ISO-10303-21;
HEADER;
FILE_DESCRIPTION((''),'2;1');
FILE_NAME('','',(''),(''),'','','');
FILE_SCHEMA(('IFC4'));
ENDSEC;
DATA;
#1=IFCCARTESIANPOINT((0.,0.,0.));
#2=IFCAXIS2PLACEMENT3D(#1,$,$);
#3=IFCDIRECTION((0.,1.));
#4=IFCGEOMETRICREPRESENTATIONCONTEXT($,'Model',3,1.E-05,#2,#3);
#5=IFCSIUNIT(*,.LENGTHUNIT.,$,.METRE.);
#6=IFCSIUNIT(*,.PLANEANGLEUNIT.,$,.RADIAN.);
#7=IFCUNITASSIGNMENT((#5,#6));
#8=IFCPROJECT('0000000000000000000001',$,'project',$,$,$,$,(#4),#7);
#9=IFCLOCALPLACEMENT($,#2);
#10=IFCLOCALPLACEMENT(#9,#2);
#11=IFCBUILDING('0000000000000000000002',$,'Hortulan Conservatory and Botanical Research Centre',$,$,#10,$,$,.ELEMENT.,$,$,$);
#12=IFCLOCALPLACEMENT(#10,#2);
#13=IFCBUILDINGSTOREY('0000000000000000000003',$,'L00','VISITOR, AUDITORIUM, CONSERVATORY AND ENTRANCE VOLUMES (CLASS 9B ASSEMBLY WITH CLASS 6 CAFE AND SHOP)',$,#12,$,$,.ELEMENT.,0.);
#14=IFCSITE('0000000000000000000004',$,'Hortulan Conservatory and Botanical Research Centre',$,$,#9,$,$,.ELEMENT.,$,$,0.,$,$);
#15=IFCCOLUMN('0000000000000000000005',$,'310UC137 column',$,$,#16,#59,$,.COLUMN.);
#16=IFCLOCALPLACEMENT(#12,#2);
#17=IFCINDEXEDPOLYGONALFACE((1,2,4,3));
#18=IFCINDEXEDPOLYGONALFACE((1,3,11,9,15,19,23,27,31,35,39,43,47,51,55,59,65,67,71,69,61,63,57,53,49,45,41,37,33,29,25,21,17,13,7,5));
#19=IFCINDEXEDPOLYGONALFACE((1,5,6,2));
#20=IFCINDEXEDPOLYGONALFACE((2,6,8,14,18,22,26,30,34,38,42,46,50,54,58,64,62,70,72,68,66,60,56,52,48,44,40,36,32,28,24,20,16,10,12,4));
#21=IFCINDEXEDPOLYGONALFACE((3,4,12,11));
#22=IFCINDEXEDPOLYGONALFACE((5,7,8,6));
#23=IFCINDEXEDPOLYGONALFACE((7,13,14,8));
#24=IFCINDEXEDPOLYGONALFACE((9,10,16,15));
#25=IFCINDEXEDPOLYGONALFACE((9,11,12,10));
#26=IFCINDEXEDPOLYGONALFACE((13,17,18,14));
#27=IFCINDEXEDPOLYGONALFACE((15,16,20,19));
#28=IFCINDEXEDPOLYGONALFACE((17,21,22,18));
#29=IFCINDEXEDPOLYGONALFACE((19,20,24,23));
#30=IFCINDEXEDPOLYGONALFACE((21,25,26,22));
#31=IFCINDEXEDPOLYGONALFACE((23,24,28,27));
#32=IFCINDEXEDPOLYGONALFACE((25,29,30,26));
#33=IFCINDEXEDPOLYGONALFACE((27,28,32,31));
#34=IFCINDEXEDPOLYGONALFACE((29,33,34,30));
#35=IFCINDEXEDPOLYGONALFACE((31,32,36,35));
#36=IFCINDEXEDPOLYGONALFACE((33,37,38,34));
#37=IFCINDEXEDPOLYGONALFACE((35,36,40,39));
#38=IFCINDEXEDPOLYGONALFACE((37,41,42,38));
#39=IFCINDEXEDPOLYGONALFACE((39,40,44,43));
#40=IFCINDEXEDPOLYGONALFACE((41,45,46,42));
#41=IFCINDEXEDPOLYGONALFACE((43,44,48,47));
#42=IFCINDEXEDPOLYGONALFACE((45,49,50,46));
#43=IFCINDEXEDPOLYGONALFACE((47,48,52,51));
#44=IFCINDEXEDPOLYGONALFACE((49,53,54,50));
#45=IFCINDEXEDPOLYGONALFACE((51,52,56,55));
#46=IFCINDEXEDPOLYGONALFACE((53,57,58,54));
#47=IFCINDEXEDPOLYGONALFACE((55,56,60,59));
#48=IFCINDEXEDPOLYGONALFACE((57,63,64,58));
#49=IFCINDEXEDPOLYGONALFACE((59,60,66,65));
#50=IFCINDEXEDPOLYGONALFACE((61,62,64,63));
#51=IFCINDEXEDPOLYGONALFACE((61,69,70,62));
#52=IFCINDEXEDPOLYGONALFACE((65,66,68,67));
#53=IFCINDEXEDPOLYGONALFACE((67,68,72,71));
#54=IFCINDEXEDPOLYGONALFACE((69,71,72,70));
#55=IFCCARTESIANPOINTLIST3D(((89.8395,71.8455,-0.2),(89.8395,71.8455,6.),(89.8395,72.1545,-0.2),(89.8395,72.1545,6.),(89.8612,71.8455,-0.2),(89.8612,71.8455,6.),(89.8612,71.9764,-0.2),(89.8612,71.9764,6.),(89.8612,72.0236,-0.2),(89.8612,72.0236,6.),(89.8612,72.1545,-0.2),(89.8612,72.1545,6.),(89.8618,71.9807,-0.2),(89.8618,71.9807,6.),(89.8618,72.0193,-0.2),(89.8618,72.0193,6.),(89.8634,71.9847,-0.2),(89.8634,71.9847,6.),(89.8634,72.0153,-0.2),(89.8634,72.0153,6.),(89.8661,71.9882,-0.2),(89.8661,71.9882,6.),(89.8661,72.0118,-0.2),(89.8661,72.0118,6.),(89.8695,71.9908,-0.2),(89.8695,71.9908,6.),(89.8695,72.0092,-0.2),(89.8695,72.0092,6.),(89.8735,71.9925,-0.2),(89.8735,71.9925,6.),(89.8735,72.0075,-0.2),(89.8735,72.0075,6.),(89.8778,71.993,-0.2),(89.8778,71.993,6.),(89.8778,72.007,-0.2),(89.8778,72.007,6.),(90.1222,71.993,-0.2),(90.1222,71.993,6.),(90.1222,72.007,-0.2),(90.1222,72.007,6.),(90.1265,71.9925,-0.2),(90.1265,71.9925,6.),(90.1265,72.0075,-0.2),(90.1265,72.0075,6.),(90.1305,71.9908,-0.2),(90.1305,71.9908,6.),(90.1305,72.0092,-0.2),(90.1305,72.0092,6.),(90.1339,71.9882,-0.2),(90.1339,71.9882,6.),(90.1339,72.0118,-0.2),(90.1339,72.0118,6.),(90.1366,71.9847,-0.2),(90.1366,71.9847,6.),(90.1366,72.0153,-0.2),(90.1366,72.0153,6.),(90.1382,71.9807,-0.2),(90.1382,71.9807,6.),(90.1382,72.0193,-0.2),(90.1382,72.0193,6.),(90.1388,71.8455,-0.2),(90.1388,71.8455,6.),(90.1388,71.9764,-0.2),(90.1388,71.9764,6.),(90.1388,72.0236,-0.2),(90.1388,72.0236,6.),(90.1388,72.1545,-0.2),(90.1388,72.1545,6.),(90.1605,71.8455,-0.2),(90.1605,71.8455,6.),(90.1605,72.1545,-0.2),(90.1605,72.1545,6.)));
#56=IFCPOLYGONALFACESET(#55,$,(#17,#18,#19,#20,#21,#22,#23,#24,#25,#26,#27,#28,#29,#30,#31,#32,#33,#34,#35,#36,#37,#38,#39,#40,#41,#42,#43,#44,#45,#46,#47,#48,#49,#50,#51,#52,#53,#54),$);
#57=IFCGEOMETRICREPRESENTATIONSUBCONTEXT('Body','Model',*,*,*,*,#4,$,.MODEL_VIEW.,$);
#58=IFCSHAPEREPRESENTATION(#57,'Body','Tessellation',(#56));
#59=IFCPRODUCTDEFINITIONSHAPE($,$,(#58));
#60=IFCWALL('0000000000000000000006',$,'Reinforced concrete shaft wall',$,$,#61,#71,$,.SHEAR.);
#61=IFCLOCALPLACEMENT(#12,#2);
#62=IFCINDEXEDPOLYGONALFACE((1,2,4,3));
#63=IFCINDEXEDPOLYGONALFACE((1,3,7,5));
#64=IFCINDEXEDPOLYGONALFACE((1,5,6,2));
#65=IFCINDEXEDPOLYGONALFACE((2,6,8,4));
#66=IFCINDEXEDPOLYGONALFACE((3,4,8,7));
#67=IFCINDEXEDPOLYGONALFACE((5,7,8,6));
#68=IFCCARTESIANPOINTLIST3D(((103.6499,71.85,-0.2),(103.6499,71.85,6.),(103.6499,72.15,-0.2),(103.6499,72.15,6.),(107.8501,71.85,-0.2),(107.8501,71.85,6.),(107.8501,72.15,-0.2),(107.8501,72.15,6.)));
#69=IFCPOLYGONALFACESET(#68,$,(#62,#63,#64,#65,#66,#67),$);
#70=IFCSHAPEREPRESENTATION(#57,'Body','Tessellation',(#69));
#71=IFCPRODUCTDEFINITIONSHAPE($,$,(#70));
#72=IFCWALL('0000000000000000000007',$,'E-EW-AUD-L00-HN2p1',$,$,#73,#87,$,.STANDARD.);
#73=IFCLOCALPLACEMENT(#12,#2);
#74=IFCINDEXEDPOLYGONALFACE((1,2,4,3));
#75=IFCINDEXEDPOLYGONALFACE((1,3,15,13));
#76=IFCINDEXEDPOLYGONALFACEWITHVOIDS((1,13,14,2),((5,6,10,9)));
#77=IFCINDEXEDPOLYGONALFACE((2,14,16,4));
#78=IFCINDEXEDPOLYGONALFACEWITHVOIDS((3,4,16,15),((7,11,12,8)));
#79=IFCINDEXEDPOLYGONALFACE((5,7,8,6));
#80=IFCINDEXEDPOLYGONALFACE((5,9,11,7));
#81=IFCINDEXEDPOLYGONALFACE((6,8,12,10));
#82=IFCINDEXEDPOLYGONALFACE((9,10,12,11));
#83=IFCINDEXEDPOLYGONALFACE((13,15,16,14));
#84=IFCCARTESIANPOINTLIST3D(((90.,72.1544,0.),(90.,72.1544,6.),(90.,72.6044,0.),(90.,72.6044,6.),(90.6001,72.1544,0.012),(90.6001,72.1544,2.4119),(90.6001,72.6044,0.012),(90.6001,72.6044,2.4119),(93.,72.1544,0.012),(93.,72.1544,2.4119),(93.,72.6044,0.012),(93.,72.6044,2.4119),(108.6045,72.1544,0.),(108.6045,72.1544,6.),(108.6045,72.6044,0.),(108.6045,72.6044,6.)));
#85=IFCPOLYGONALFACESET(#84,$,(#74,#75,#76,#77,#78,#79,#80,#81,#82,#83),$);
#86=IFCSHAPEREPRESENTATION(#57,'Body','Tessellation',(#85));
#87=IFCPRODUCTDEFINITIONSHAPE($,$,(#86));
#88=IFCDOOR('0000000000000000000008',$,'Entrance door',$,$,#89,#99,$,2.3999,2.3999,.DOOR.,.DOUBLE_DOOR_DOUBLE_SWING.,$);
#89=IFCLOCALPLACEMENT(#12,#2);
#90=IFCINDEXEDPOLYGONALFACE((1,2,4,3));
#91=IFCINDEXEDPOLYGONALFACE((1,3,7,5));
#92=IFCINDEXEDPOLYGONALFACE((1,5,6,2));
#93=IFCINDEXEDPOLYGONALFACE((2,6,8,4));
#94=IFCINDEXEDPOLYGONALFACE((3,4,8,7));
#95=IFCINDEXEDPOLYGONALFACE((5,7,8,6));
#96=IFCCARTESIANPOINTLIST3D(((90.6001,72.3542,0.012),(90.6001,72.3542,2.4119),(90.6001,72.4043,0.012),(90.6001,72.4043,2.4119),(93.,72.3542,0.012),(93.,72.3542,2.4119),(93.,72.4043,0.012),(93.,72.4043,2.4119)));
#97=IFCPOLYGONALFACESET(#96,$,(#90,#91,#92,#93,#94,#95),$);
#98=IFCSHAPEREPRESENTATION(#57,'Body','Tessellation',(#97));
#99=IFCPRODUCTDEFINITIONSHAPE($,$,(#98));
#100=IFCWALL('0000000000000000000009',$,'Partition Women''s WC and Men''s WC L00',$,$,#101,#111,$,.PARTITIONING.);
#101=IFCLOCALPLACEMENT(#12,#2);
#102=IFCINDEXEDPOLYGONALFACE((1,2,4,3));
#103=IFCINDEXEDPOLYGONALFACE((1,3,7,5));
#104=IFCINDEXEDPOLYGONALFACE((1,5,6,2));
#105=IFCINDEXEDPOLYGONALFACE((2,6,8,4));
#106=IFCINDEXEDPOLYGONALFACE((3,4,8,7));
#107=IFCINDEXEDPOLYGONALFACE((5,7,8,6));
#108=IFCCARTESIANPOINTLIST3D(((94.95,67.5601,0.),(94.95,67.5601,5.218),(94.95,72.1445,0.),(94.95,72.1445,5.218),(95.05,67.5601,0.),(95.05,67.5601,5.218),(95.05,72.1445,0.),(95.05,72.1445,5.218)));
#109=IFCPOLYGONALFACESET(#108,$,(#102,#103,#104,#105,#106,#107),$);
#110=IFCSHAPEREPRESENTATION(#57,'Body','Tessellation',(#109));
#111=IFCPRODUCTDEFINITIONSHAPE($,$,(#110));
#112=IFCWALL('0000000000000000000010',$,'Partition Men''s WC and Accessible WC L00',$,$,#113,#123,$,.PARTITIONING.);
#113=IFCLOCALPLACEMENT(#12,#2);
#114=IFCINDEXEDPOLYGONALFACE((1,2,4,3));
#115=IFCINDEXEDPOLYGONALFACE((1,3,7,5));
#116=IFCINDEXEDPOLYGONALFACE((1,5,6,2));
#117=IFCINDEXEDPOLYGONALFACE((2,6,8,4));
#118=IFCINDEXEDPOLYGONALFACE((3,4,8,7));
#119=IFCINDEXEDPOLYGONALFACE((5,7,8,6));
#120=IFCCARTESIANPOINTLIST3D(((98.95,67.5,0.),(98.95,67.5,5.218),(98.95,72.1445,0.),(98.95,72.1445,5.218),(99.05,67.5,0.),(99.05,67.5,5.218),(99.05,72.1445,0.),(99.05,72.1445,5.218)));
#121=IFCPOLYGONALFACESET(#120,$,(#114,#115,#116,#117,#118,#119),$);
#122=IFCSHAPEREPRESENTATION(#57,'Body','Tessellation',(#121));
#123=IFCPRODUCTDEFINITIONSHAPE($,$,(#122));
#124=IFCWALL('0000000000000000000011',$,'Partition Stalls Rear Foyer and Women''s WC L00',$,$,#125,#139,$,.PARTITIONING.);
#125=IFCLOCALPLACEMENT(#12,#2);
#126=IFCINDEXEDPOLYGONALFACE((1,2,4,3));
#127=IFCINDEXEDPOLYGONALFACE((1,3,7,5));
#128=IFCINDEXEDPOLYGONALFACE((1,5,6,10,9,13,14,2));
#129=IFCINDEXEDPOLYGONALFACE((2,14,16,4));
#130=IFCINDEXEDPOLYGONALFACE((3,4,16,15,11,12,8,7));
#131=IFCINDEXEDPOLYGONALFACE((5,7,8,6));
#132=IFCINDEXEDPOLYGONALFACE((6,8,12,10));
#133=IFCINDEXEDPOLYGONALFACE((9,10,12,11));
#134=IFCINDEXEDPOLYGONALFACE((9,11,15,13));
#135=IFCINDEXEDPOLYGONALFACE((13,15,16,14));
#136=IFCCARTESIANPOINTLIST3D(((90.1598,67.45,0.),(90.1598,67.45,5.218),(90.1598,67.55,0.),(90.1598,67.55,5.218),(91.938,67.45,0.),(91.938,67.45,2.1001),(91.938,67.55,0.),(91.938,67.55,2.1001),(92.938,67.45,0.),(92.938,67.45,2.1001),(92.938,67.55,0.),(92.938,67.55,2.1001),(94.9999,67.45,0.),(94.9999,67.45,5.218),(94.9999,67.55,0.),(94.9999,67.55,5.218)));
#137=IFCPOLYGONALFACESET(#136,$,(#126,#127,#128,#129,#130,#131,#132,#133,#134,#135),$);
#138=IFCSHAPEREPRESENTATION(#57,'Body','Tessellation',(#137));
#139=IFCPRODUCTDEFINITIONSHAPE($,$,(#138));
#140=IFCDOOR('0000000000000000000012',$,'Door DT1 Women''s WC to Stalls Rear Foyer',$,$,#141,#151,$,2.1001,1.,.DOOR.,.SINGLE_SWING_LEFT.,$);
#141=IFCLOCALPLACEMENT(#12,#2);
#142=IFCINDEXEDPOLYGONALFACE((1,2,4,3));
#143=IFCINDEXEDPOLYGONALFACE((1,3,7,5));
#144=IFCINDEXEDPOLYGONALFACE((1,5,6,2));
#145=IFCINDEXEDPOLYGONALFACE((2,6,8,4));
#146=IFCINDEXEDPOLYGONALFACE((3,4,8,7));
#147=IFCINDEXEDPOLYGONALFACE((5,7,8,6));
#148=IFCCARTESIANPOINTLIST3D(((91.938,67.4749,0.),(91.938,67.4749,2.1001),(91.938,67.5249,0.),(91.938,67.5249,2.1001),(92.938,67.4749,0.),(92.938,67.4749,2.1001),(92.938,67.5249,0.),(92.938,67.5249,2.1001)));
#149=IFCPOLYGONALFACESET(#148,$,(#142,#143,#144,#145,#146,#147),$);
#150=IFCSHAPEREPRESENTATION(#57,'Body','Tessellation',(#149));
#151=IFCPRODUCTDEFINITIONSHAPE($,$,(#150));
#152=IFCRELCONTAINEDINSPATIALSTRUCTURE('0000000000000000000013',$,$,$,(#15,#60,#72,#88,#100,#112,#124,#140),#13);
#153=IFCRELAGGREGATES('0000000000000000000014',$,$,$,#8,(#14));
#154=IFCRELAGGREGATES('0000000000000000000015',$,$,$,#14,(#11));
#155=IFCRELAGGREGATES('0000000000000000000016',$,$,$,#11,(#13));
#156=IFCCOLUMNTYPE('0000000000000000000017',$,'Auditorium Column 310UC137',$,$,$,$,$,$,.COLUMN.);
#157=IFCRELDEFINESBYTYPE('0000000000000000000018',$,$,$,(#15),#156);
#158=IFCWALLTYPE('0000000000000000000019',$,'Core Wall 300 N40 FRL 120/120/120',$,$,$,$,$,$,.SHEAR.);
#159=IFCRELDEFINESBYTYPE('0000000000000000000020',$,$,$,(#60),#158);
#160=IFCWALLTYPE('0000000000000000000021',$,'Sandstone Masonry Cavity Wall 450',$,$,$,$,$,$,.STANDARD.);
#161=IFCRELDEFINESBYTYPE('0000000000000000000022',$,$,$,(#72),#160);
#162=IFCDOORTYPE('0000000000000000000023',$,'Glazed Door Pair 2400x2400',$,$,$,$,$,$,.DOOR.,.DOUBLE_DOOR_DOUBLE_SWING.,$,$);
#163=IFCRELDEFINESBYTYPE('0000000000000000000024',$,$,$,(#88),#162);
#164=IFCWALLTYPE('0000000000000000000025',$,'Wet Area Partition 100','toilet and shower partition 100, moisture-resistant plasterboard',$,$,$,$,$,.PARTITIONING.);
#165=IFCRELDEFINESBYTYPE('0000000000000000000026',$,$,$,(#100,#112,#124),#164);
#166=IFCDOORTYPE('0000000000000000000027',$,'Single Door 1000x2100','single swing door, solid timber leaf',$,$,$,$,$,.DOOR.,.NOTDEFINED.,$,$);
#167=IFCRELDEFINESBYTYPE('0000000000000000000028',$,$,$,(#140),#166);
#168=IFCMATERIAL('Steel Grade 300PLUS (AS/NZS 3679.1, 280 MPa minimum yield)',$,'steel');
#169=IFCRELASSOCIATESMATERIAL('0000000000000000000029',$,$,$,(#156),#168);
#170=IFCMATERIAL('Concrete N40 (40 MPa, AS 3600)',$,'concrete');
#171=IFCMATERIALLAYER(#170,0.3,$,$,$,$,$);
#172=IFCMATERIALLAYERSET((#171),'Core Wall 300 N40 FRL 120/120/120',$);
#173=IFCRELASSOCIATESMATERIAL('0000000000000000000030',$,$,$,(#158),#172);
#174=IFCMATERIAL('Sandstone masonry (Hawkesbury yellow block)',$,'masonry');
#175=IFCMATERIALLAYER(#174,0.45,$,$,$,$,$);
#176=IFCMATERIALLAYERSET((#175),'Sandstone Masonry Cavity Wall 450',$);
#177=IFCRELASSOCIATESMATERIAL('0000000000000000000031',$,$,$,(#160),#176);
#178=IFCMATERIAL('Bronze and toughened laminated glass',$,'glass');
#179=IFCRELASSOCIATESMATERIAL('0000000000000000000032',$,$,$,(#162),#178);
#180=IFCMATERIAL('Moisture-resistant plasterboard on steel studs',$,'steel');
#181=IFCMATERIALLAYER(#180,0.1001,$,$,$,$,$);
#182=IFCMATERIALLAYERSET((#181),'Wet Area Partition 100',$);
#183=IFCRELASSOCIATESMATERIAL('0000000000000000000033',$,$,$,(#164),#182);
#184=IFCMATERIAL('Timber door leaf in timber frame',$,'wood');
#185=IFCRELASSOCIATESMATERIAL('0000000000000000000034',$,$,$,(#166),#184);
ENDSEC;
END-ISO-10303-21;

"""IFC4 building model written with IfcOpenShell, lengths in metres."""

from ifc_helpers import new_model, si_unit, direction, frame, frame_2d, origin, origin_2d, place, context, subcontext, project, spatial, rectangle, i_section, extrude, material, layer, layer_set, material_profile, profile_set, type_object, element, fill, save


model = new_model("IFC4")

# Units and contexts
model_context = context("Model", 3, precision=1e-05, world=origin(), true_north=direction((0.0, 1.0)))
body_context = subcontext(model_context, "Body", "Model", "MODEL_VIEW")
ifc_project = project(units=[si_unit("LENGTHUNIT", "METRE"), si_unit("PLANEANGLEUNIT", "RADIAN")], contexts=[model_context])

# Site, building, storey
site_placement = place(None, origin())
site = spatial("IfcSite", under=ifc_project, at=site_placement, Name="Hortulan Conservatory and Botanical Research Centre", CompositionType="ELEMENT", RefElevation=0.0)
building_placement = place(site_placement, origin())
building = spatial("IfcBuilding", under=site, at=building_placement, Name="Hortulan Conservatory and Botanical Research Centre", CompositionType="ELEMENT")
storey_placement = place(building_placement, origin())
storey = spatial("IfcBuildingStorey", under=building, at=storey_placement, Name="L00", Description="VISITOR, AUDITORIUM, CONSERVATORY AND ENTRANCE VOLUMES (CLASS 9B ASSEMBLY WITH CLASS 6 CAFE AND SHOP)", CompositionType="ELEMENT", Elevation=0.0)

# Shared definitions
ifc_material_1 = material(Name="Concrete N40 (40 MPa, AS 3600)", Category="concrete")

# Column
ifc_material_2 = material(Name="Steel Grade 300PLUS (AS/NZS 3679.1, 280 MPa minimum yield)", Category="steel")
ifc_material_profile_1 = material_profile(ifc_material_2, i_section(OverallWidth=0.3091, OverallDepth=0.321, WebThickness=0.0139, FlangeThickness=0.0217, FilletRadius=0.0166, at=origin_2d()), Name="310UC137")
ifc_profile_set_1 = profile_set([ifc_material_profile_1], Name="Steel Grade 300PLUS (AS/NZS 3679.1, 280 MPa minimum yield)")
column_type = type_object("IfcColumnType", Name="Auditorium Column 310UC137", PredefinedType="COLUMN", material=ifc_profile_set_1)
column_placement = place(storey_placement, frame((90.0, 72.0, -0.2), z_axis=(0.0, 0.0, 1.0), x_axis=(0.0, 1.0, 0.0)))
element("IfcColumn", 1, at=column_placement, inside=storey, type_object=column_type, Name="310UC137 column", PredefinedType="COLUMN", context=body_context, shape_type="SweptSolid", body=[
    extrude(i_section(OverallWidth=0.3091, OverallDepth=0.321, WebThickness=0.0139, FlangeThickness=0.0217, FilletRadius=0.0166, at=origin_2d()), origin(), (0.0, 0.0, 1.0), 6.2),
])

# Wall
ifc_layer_1 = layer(ifc_material_1, 0.3)
ifc_layer_set_1 = layer_set([ifc_layer_1], Name="Core Wall 300 N40 FRL 120/120/120")
wall_type_1 = type_object("IfcWallType", Name="Core Wall 300 N40 FRL 120/120/120", PredefinedType="SHEAR", material=ifc_layer_set_1)
wall_1_placement = place(storey_placement, frame((103.6499, 72.0, -0.2), z_axis=(0.0, 0.0, 1.0), x_axis=(1.0, 0.0, 0.0)))
element("IfcWall", 2, at=wall_1_placement, inside=storey, type_object=wall_type_1, Name="Reinforced concrete shaft wall", PredefinedType="SHEAR", context=body_context, shape_type="SweptSolid", body=[
    extrude(rectangle(XDim=4.2002, YDim=0.3, at=frame_2d((2.1001, 0.0))), origin(), (0.0, 0.0, 1.0), 6.2),
])

# Wall, opening, door
ifc_material_3 = material(Name="Sandstone masonry (Hawkesbury yellow block)", Category="masonry")
ifc_layer_2 = layer(ifc_material_3, 0.45)
ifc_layer_set_2 = layer_set([ifc_layer_2], Name="Sandstone Masonry Cavity Wall 450")
wall_type_2 = type_object("IfcWallType", Name="Sandstone Masonry Cavity Wall 450", PredefinedType="STANDARD", material=ifc_layer_set_2)
wall_2_placement = place(storey_placement, frame((90.0, 72.3794, 0.0), z_axis=(0.0, 0.0, 1.0), x_axis=(1.0, 0.0, 0.0)))
wall_2 = element("IfcWall", 3, at=wall_2_placement, inside=storey, type_object=wall_type_2, Name="E-EW-AUD-L00-HN2p1", PredefinedType="STANDARD", context=body_context, shape_type="SweptSolid", body=[
    extrude(rectangle(XDim=18.6045, YDim=0.45, at=frame_2d((9.3022, 0.0))), origin(), (0.0, 0.0, 1.0), 6.0),
])
opening_1_placement = place(wall_2_placement, frame((0.6001, 0.0, 0.012)))
opening_1 = element("IfcOpeningElement", 4, at=opening_1_placement, cuts=wall_2, PredefinedType="OPENING", context=body_context, shape_type="SweptSolid", body=[
    extrude(rectangle(XDim=2.3999, YDim=2.3999, at=frame_2d((1.2, 1.2))), frame((0.0, 0.2349, 0.0), z_axis=(0.0, -1.0, 0.0), x_axis=(1.0, 0.0, 0.0)), (0.0, 0.0, 1.0), 0.47),
])
ifc_material_4 = material(Name="Bronze and toughened laminated glass", Category="glass")
door_type_1 = type_object("IfcDoorType", Name="Glazed Door Pair 2400x2400", OperationType="DOUBLE_DOOR_DOUBLE_SWING", PredefinedType="DOOR", material=ifc_material_4)
door_1_placement = place(opening_1_placement, origin())
door_1 = element("IfcDoor", 5, at=door_1_placement, inside=storey, type_object=door_type_1, Name="Entrance door", OperationType="DOUBLE_DOOR_DOUBLE_SWING", OverallHeight=2.3999, OverallWidth=2.3999, PredefinedType="DOOR", context=body_context, shape_type="SweptSolid", body=[
    extrude(rectangle(XDim=2.3999, YDim=2.3999, at=frame_2d((1.2, 1.2))), frame((0.0, 0.0249, 0.0), z_axis=(0.0, -1.0, 0.0), x_axis=(1.0, 0.0, 0.0)), (0.0, 0.0, 1.0), 0.05),
])
fill(opening_1, door_1)

# Walls
ifc_material_5 = material(Name="Moisture-resistant plasterboard on steel studs", Category="steel")
ifc_layer_3 = layer(ifc_material_5, 0.1001)
ifc_layer_set_3 = layer_set([ifc_layer_3], Name="Wet Area Partition 100")
wall_type_3 = type_object("IfcWallType", Name="Wet Area Partition 100", Description="toilet and shower partition 100, moisture-resistant plasterboard", PredefinedType="PARTITIONING", material=ifc_layer_set_3)
wall_3_placement = place(storey_placement, frame((95.0, 67.5601, 0.0), z_axis=(0.0, 0.0, 1.0), x_axis=(0.0, 1.0, 0.0)))
element("IfcWall", 6, at=wall_3_placement, inside=storey, type_object=wall_type_3, Name="Partition Women's WC and Men's WC L00", PredefinedType="PARTITIONING", context=body_context, shape_type="SweptSolid", body=[
    extrude(rectangle(XDim=4.5845, YDim=0.1001, at=frame_2d((2.2922, 0.0))), origin(), (0.0, 0.0, 1.0), 5.218),
])
wall_4_placement = place(storey_placement, frame((99.0, 67.5, 0.0), z_axis=(0.0, 0.0, 1.0), x_axis=(0.0, 1.0, 0.0)))
element("IfcWall", 7, at=wall_4_placement, inside=storey, type_object=wall_type_3, Name="Partition Men's WC and Accessible WC L00", PredefinedType="PARTITIONING", context=body_context, shape_type="SweptSolid", body=[
    extrude(rectangle(XDim=4.6445, YDim=0.1001, at=frame_2d((2.3223, 0.0))), origin(), (0.0, 0.0, 1.0), 5.218),
])

# Wall, opening, door
wall_5_placement = place(storey_placement, frame((90.1599, 67.5, 0.0), z_axis=(0.0, 0.0, 1.0), x_axis=(1.0, 0.0, 0.0)))
wall_5 = element("IfcWall", 8, at=wall_5_placement, inside=storey, type_object=wall_type_3, Name="Partition Stalls Rear Foyer and Women's WC L00", PredefinedType="PARTITIONING", context=body_context, shape_type="SweptSolid", body=[
    extrude(rectangle(XDim=4.8401, YDim=0.1001, at=frame_2d((2.4199, 0.0))), origin(), (0.0, 0.0, 1.0), 5.218),
])
opening_2_placement = place(wall_5_placement, frame((1.7781, 0.0, 0.0)))
opening_2 = element("IfcOpeningElement", 9, at=opening_2_placement, cuts=wall_5, PredefinedType="OPENING", context=body_context, shape_type="SweptSolid", body=[
    extrude(rectangle(XDim=1.0, YDim=2.1001, at=frame_2d((0.5, 1.05))), frame((0.0, 0.0601, 0.0), z_axis=(0.0, -1.0, 0.0), x_axis=(1.0, 0.0, 0.0)), (0.0, 0.0, 1.0), 0.1201),
])
ifc_material_6 = material(Name="Timber door leaf in timber frame", Category="wood")
door_type_2 = type_object("IfcDoorType", Name="Single Door 1000x2100", Description="single swing door, solid timber leaf", OperationType="NOTDEFINED", PredefinedType="DOOR", material=ifc_material_6)
door_2_placement = place(opening_2_placement, origin())
door_2 = element("IfcDoor", 10, at=door_2_placement, inside=storey, type_object=door_type_2, Name="Door DT1 Women's WC to Stalls Rear Foyer", OperationType="SINGLE_SWING_LEFT", OverallHeight=2.1001, OverallWidth=1.0, PredefinedType="DOOR", context=body_context, shape_type="SweptSolid", body=[
    extrude(rectangle(XDim=1.0, YDim=2.1001, at=frame_2d((0.5, 1.05))), frame((0.0, 0.0249, 0.0), z_axis=(0.0, -1.0, 0.0), x_axis=(1.0, 0.0, 0.0)), (0.0, 0.0, 1.0), 0.05),
])
fill(opening_2, door_2)

save(model, "model.ifc")
